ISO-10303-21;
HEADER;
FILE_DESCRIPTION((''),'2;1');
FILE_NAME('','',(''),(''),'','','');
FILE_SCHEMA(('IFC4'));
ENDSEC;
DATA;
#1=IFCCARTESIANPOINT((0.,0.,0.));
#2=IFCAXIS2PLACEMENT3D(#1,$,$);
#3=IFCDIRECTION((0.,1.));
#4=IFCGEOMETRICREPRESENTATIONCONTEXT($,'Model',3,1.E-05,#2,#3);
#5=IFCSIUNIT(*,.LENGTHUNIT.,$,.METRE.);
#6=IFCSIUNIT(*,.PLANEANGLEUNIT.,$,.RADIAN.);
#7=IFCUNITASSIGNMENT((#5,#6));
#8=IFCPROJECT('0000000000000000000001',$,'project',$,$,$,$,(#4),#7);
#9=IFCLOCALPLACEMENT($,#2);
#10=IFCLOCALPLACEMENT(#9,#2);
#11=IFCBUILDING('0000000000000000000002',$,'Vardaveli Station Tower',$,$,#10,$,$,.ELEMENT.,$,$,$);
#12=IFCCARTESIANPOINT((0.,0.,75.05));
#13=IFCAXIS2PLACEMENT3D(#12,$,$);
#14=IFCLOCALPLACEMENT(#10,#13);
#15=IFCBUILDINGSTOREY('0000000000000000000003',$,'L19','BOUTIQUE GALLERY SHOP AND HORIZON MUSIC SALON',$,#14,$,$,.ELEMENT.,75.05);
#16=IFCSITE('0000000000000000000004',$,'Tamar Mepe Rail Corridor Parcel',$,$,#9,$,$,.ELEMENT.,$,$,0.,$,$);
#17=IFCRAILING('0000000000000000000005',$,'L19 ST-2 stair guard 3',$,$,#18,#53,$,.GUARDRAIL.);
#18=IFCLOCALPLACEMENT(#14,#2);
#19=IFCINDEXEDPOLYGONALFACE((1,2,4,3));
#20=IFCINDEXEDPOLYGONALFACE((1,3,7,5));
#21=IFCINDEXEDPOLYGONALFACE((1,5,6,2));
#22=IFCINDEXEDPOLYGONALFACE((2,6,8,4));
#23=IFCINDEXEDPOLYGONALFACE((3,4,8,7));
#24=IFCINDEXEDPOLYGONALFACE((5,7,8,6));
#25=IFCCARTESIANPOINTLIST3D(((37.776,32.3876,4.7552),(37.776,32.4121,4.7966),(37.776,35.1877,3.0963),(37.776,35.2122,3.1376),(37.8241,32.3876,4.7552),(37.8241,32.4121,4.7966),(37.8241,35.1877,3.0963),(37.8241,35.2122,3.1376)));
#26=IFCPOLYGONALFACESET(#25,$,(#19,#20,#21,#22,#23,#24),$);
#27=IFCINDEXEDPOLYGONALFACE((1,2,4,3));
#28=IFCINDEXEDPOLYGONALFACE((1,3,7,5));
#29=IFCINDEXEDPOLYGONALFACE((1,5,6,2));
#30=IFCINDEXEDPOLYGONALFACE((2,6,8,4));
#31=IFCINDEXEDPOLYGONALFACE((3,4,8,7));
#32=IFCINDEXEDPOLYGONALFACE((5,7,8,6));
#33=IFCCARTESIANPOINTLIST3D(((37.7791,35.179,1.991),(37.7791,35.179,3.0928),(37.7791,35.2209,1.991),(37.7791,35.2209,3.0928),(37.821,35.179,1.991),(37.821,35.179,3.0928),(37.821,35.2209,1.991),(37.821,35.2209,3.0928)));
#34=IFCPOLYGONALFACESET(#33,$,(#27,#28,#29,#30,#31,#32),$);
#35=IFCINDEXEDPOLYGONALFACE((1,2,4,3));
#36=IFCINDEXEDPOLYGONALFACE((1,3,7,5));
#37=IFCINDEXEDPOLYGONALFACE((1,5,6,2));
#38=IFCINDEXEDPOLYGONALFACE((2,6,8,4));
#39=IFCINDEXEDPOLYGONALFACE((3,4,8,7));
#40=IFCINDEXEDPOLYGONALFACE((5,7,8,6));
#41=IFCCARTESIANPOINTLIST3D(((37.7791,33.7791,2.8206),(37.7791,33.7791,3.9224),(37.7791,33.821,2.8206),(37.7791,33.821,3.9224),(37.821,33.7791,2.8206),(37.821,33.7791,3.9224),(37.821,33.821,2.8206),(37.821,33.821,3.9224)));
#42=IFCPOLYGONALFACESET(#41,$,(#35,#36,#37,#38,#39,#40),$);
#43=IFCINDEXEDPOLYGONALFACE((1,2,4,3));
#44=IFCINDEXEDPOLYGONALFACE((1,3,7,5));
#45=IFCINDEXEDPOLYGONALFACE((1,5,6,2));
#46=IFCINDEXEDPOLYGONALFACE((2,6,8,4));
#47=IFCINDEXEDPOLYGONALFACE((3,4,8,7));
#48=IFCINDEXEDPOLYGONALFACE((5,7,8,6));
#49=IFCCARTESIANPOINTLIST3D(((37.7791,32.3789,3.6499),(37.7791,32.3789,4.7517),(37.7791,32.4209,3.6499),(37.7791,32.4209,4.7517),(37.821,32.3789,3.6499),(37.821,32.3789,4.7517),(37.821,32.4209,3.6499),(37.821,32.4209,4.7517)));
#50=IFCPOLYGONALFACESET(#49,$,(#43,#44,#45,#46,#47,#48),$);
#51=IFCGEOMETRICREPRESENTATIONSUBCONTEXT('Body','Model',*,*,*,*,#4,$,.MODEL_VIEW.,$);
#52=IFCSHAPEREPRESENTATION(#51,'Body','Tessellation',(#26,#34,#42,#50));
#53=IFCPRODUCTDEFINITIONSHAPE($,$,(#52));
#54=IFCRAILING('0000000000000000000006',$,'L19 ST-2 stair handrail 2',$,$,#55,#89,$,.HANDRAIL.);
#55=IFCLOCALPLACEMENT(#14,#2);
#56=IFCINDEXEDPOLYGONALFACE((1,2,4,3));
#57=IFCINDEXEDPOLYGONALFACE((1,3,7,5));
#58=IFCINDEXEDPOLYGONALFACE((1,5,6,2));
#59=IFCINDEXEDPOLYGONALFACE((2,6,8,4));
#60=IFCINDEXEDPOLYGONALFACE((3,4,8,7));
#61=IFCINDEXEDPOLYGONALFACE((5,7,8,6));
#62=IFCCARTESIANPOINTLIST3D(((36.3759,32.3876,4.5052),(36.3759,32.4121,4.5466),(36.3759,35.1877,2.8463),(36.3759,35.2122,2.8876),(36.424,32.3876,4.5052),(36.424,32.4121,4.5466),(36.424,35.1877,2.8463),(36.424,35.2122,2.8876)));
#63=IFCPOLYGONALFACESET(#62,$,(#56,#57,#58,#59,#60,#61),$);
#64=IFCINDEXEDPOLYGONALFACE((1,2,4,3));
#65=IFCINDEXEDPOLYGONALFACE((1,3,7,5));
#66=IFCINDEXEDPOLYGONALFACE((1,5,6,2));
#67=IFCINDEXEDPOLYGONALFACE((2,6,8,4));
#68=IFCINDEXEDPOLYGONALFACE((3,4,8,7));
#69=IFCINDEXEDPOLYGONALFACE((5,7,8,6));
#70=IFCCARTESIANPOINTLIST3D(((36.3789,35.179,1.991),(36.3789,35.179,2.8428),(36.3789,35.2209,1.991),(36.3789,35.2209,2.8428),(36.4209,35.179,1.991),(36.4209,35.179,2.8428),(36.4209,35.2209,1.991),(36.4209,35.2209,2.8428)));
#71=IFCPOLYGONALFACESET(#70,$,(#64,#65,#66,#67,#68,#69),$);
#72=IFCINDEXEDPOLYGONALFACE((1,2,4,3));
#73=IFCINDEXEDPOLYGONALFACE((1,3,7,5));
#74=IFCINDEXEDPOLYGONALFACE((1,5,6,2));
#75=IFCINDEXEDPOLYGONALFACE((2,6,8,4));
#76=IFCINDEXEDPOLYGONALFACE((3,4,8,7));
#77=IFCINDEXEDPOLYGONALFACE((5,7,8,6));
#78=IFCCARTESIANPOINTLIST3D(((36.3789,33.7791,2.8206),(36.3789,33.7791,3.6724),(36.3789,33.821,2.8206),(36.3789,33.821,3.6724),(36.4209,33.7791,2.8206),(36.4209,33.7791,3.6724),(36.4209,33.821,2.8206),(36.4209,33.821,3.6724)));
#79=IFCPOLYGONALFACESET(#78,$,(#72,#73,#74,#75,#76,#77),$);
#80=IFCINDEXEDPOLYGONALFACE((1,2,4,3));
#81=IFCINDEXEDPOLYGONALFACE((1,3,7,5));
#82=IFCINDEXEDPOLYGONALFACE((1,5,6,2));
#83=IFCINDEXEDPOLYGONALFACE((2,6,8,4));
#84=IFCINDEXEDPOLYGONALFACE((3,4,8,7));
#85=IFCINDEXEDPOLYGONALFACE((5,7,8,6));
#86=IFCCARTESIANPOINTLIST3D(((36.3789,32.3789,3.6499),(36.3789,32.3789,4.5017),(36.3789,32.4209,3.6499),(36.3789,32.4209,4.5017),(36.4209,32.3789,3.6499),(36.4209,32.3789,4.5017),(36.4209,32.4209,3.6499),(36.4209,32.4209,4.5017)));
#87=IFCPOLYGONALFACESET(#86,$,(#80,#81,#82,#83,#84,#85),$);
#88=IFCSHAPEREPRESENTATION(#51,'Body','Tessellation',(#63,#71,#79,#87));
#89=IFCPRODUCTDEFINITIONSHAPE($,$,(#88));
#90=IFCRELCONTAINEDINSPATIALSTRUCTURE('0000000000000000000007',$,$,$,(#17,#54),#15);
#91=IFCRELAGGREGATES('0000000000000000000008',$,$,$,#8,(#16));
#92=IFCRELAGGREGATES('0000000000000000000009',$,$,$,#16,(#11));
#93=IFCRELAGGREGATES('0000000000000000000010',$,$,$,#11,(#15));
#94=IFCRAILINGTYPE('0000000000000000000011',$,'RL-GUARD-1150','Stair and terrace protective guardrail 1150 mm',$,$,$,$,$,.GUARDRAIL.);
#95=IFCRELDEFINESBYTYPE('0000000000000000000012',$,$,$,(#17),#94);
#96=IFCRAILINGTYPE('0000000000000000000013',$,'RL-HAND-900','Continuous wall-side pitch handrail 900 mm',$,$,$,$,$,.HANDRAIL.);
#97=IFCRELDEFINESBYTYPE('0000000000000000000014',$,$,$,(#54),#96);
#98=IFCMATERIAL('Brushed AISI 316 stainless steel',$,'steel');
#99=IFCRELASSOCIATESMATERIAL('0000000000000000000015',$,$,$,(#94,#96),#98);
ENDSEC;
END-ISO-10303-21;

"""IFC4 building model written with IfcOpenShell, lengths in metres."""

from ifc_helpers import new_model, si_unit, direction, frame, origin, origin_2d, place, context, subcontext, project, spatial, rectangle, extrude, source, transform, mapped, material, type_object, element, save


model = new_model("IFC4")

# Units and contexts
model_context = context("Model", 3, precision=1e-05, world=origin(), true_north=direction((0.0, 1.0)))
body_context = subcontext(model_context, "Body", "Model", "MODEL_VIEW")
ifc_project = project(units=[si_unit("LENGTHUNIT", "METRE"), si_unit("PLANEANGLEUNIT", "RADIAN")], contexts=[model_context])

# Site, building, storey
site_placement = place(None, origin())
site = spatial("IfcSite", under=ifc_project, at=site_placement, Name="Tamar Mepe Rail Corridor Parcel", CompositionType="ELEMENT", RefElevation=0.0)
building_placement = place(site_placement, origin())
building = spatial("IfcBuilding", under=site, at=building_placement, Name="Vardaveli Station Tower", CompositionType="ELEMENT")
storey_placement = place(building_placement, frame((0.0, 0.0, 75.05)))
storey = spatial("IfcBuildingStorey", under=building, at=storey_placement, Name="L19", Description="BOUTIQUE GALLERY SHOP AND HORIZON MUSIC SALON", CompositionType="ELEMENT", Elevation=75.05)

# Railings
ifc_material_1 = material(Name="Brushed AISI 316 stainless steel", Category="steel")
railing_type_1 = type_object("IfcRailingType", Name="RL-GUARD-1150", Description="Stair and terrace protective guardrail 1150 mm", PredefinedType="GUARDRAIL", material=ifc_material_1)
shared_shape_1 = source(origin(), body_context, "Body", "SweptSolid", [
    extrude(rectangle(XDim=0.0481, YDim=0.0481, at=origin_2d()), frame((0.0, 0.0, 1.126), z_axis=(0.0, -0.860339, 0.509722), x_axis=(1.0, 0.0, 0.0)), (0.0, 0.0, 1.0), 3.2546),
    extrude(rectangle(XDim=0.042, YDim=0.042, at=origin_2d()), origin(), (0.0, 0.0, 1.0), 1.1018),
    extrude(rectangle(XDim=0.042, YDim=0.042, at=origin_2d()), frame((0.0, -1.3999, 0.8296)), (0.0, 0.0, 1.0), 1.1018),
    extrude(rectangle(XDim=0.042, YDim=0.042, at=origin_2d()), frame((0.0, -2.8, 1.6589)), (0.0, 0.0, 1.0), 1.1018),
])
railing_1_placement = place(storey_placement, frame((37.8, 35.2, 1.991)))
element("IfcRailing", 1, at=railing_1_placement, inside=storey, type_object=railing_type_1, Name="L19 ST-2 stair guard 3", PredefinedType="GUARDRAIL", context=body_context, shape_type="MappedRepresentation", body=[
    mapped(shared_shape_1, transform((0.0, 0.0, 0.0), scale=1.0)),
])
railing_type_2 = type_object("IfcRailingType", Name="RL-HAND-900", Description="Continuous wall-side pitch handrail 900 mm", PredefinedType="HANDRAIL", material=ifc_material_1)
shared_shape_2 = source(origin(), body_context, "Body", "SweptSolid", [
    extrude(rectangle(XDim=0.0481, YDim=0.0481, at=origin_2d()), frame((0.0, 0.0, 0.876), z_axis=(0.0, -0.860339, 0.509722), x_axis=(1.0, 0.0, 0.0)), (0.0, 0.0, 1.0), 3.2546),
    extrude(rectangle(XDim=0.042, YDim=0.042, at=origin_2d()), origin(), (0.0, 0.0, 1.0), 0.8518),
    extrude(rectangle(XDim=0.042, YDim=0.042, at=origin_2d()), frame((0.0, -1.3999, 0.8296)), (0.0, 0.0, 1.0), 0.8518),
    extrude(rectangle(XDim=0.042, YDim=0.042, at=origin_2d()), frame((0.0, -2.8, 1.6589)), (0.0, 0.0, 1.0), 0.8518),
])
railing_2_placement = place(storey_placement, frame((36.3999, 35.2, 1.991)))
element("IfcRailing", 2, at=railing_2_placement, inside=storey, type_object=railing_type_2, Name="L19 ST-2 stair handrail 2", PredefinedType="HANDRAIL", context=body_context, shape_type="MappedRepresentation", body=[
    mapped(shared_shape_2, transform((0.0, 0.0, 0.0), scale=1.0)),
])

save(model, "model.ifc")
